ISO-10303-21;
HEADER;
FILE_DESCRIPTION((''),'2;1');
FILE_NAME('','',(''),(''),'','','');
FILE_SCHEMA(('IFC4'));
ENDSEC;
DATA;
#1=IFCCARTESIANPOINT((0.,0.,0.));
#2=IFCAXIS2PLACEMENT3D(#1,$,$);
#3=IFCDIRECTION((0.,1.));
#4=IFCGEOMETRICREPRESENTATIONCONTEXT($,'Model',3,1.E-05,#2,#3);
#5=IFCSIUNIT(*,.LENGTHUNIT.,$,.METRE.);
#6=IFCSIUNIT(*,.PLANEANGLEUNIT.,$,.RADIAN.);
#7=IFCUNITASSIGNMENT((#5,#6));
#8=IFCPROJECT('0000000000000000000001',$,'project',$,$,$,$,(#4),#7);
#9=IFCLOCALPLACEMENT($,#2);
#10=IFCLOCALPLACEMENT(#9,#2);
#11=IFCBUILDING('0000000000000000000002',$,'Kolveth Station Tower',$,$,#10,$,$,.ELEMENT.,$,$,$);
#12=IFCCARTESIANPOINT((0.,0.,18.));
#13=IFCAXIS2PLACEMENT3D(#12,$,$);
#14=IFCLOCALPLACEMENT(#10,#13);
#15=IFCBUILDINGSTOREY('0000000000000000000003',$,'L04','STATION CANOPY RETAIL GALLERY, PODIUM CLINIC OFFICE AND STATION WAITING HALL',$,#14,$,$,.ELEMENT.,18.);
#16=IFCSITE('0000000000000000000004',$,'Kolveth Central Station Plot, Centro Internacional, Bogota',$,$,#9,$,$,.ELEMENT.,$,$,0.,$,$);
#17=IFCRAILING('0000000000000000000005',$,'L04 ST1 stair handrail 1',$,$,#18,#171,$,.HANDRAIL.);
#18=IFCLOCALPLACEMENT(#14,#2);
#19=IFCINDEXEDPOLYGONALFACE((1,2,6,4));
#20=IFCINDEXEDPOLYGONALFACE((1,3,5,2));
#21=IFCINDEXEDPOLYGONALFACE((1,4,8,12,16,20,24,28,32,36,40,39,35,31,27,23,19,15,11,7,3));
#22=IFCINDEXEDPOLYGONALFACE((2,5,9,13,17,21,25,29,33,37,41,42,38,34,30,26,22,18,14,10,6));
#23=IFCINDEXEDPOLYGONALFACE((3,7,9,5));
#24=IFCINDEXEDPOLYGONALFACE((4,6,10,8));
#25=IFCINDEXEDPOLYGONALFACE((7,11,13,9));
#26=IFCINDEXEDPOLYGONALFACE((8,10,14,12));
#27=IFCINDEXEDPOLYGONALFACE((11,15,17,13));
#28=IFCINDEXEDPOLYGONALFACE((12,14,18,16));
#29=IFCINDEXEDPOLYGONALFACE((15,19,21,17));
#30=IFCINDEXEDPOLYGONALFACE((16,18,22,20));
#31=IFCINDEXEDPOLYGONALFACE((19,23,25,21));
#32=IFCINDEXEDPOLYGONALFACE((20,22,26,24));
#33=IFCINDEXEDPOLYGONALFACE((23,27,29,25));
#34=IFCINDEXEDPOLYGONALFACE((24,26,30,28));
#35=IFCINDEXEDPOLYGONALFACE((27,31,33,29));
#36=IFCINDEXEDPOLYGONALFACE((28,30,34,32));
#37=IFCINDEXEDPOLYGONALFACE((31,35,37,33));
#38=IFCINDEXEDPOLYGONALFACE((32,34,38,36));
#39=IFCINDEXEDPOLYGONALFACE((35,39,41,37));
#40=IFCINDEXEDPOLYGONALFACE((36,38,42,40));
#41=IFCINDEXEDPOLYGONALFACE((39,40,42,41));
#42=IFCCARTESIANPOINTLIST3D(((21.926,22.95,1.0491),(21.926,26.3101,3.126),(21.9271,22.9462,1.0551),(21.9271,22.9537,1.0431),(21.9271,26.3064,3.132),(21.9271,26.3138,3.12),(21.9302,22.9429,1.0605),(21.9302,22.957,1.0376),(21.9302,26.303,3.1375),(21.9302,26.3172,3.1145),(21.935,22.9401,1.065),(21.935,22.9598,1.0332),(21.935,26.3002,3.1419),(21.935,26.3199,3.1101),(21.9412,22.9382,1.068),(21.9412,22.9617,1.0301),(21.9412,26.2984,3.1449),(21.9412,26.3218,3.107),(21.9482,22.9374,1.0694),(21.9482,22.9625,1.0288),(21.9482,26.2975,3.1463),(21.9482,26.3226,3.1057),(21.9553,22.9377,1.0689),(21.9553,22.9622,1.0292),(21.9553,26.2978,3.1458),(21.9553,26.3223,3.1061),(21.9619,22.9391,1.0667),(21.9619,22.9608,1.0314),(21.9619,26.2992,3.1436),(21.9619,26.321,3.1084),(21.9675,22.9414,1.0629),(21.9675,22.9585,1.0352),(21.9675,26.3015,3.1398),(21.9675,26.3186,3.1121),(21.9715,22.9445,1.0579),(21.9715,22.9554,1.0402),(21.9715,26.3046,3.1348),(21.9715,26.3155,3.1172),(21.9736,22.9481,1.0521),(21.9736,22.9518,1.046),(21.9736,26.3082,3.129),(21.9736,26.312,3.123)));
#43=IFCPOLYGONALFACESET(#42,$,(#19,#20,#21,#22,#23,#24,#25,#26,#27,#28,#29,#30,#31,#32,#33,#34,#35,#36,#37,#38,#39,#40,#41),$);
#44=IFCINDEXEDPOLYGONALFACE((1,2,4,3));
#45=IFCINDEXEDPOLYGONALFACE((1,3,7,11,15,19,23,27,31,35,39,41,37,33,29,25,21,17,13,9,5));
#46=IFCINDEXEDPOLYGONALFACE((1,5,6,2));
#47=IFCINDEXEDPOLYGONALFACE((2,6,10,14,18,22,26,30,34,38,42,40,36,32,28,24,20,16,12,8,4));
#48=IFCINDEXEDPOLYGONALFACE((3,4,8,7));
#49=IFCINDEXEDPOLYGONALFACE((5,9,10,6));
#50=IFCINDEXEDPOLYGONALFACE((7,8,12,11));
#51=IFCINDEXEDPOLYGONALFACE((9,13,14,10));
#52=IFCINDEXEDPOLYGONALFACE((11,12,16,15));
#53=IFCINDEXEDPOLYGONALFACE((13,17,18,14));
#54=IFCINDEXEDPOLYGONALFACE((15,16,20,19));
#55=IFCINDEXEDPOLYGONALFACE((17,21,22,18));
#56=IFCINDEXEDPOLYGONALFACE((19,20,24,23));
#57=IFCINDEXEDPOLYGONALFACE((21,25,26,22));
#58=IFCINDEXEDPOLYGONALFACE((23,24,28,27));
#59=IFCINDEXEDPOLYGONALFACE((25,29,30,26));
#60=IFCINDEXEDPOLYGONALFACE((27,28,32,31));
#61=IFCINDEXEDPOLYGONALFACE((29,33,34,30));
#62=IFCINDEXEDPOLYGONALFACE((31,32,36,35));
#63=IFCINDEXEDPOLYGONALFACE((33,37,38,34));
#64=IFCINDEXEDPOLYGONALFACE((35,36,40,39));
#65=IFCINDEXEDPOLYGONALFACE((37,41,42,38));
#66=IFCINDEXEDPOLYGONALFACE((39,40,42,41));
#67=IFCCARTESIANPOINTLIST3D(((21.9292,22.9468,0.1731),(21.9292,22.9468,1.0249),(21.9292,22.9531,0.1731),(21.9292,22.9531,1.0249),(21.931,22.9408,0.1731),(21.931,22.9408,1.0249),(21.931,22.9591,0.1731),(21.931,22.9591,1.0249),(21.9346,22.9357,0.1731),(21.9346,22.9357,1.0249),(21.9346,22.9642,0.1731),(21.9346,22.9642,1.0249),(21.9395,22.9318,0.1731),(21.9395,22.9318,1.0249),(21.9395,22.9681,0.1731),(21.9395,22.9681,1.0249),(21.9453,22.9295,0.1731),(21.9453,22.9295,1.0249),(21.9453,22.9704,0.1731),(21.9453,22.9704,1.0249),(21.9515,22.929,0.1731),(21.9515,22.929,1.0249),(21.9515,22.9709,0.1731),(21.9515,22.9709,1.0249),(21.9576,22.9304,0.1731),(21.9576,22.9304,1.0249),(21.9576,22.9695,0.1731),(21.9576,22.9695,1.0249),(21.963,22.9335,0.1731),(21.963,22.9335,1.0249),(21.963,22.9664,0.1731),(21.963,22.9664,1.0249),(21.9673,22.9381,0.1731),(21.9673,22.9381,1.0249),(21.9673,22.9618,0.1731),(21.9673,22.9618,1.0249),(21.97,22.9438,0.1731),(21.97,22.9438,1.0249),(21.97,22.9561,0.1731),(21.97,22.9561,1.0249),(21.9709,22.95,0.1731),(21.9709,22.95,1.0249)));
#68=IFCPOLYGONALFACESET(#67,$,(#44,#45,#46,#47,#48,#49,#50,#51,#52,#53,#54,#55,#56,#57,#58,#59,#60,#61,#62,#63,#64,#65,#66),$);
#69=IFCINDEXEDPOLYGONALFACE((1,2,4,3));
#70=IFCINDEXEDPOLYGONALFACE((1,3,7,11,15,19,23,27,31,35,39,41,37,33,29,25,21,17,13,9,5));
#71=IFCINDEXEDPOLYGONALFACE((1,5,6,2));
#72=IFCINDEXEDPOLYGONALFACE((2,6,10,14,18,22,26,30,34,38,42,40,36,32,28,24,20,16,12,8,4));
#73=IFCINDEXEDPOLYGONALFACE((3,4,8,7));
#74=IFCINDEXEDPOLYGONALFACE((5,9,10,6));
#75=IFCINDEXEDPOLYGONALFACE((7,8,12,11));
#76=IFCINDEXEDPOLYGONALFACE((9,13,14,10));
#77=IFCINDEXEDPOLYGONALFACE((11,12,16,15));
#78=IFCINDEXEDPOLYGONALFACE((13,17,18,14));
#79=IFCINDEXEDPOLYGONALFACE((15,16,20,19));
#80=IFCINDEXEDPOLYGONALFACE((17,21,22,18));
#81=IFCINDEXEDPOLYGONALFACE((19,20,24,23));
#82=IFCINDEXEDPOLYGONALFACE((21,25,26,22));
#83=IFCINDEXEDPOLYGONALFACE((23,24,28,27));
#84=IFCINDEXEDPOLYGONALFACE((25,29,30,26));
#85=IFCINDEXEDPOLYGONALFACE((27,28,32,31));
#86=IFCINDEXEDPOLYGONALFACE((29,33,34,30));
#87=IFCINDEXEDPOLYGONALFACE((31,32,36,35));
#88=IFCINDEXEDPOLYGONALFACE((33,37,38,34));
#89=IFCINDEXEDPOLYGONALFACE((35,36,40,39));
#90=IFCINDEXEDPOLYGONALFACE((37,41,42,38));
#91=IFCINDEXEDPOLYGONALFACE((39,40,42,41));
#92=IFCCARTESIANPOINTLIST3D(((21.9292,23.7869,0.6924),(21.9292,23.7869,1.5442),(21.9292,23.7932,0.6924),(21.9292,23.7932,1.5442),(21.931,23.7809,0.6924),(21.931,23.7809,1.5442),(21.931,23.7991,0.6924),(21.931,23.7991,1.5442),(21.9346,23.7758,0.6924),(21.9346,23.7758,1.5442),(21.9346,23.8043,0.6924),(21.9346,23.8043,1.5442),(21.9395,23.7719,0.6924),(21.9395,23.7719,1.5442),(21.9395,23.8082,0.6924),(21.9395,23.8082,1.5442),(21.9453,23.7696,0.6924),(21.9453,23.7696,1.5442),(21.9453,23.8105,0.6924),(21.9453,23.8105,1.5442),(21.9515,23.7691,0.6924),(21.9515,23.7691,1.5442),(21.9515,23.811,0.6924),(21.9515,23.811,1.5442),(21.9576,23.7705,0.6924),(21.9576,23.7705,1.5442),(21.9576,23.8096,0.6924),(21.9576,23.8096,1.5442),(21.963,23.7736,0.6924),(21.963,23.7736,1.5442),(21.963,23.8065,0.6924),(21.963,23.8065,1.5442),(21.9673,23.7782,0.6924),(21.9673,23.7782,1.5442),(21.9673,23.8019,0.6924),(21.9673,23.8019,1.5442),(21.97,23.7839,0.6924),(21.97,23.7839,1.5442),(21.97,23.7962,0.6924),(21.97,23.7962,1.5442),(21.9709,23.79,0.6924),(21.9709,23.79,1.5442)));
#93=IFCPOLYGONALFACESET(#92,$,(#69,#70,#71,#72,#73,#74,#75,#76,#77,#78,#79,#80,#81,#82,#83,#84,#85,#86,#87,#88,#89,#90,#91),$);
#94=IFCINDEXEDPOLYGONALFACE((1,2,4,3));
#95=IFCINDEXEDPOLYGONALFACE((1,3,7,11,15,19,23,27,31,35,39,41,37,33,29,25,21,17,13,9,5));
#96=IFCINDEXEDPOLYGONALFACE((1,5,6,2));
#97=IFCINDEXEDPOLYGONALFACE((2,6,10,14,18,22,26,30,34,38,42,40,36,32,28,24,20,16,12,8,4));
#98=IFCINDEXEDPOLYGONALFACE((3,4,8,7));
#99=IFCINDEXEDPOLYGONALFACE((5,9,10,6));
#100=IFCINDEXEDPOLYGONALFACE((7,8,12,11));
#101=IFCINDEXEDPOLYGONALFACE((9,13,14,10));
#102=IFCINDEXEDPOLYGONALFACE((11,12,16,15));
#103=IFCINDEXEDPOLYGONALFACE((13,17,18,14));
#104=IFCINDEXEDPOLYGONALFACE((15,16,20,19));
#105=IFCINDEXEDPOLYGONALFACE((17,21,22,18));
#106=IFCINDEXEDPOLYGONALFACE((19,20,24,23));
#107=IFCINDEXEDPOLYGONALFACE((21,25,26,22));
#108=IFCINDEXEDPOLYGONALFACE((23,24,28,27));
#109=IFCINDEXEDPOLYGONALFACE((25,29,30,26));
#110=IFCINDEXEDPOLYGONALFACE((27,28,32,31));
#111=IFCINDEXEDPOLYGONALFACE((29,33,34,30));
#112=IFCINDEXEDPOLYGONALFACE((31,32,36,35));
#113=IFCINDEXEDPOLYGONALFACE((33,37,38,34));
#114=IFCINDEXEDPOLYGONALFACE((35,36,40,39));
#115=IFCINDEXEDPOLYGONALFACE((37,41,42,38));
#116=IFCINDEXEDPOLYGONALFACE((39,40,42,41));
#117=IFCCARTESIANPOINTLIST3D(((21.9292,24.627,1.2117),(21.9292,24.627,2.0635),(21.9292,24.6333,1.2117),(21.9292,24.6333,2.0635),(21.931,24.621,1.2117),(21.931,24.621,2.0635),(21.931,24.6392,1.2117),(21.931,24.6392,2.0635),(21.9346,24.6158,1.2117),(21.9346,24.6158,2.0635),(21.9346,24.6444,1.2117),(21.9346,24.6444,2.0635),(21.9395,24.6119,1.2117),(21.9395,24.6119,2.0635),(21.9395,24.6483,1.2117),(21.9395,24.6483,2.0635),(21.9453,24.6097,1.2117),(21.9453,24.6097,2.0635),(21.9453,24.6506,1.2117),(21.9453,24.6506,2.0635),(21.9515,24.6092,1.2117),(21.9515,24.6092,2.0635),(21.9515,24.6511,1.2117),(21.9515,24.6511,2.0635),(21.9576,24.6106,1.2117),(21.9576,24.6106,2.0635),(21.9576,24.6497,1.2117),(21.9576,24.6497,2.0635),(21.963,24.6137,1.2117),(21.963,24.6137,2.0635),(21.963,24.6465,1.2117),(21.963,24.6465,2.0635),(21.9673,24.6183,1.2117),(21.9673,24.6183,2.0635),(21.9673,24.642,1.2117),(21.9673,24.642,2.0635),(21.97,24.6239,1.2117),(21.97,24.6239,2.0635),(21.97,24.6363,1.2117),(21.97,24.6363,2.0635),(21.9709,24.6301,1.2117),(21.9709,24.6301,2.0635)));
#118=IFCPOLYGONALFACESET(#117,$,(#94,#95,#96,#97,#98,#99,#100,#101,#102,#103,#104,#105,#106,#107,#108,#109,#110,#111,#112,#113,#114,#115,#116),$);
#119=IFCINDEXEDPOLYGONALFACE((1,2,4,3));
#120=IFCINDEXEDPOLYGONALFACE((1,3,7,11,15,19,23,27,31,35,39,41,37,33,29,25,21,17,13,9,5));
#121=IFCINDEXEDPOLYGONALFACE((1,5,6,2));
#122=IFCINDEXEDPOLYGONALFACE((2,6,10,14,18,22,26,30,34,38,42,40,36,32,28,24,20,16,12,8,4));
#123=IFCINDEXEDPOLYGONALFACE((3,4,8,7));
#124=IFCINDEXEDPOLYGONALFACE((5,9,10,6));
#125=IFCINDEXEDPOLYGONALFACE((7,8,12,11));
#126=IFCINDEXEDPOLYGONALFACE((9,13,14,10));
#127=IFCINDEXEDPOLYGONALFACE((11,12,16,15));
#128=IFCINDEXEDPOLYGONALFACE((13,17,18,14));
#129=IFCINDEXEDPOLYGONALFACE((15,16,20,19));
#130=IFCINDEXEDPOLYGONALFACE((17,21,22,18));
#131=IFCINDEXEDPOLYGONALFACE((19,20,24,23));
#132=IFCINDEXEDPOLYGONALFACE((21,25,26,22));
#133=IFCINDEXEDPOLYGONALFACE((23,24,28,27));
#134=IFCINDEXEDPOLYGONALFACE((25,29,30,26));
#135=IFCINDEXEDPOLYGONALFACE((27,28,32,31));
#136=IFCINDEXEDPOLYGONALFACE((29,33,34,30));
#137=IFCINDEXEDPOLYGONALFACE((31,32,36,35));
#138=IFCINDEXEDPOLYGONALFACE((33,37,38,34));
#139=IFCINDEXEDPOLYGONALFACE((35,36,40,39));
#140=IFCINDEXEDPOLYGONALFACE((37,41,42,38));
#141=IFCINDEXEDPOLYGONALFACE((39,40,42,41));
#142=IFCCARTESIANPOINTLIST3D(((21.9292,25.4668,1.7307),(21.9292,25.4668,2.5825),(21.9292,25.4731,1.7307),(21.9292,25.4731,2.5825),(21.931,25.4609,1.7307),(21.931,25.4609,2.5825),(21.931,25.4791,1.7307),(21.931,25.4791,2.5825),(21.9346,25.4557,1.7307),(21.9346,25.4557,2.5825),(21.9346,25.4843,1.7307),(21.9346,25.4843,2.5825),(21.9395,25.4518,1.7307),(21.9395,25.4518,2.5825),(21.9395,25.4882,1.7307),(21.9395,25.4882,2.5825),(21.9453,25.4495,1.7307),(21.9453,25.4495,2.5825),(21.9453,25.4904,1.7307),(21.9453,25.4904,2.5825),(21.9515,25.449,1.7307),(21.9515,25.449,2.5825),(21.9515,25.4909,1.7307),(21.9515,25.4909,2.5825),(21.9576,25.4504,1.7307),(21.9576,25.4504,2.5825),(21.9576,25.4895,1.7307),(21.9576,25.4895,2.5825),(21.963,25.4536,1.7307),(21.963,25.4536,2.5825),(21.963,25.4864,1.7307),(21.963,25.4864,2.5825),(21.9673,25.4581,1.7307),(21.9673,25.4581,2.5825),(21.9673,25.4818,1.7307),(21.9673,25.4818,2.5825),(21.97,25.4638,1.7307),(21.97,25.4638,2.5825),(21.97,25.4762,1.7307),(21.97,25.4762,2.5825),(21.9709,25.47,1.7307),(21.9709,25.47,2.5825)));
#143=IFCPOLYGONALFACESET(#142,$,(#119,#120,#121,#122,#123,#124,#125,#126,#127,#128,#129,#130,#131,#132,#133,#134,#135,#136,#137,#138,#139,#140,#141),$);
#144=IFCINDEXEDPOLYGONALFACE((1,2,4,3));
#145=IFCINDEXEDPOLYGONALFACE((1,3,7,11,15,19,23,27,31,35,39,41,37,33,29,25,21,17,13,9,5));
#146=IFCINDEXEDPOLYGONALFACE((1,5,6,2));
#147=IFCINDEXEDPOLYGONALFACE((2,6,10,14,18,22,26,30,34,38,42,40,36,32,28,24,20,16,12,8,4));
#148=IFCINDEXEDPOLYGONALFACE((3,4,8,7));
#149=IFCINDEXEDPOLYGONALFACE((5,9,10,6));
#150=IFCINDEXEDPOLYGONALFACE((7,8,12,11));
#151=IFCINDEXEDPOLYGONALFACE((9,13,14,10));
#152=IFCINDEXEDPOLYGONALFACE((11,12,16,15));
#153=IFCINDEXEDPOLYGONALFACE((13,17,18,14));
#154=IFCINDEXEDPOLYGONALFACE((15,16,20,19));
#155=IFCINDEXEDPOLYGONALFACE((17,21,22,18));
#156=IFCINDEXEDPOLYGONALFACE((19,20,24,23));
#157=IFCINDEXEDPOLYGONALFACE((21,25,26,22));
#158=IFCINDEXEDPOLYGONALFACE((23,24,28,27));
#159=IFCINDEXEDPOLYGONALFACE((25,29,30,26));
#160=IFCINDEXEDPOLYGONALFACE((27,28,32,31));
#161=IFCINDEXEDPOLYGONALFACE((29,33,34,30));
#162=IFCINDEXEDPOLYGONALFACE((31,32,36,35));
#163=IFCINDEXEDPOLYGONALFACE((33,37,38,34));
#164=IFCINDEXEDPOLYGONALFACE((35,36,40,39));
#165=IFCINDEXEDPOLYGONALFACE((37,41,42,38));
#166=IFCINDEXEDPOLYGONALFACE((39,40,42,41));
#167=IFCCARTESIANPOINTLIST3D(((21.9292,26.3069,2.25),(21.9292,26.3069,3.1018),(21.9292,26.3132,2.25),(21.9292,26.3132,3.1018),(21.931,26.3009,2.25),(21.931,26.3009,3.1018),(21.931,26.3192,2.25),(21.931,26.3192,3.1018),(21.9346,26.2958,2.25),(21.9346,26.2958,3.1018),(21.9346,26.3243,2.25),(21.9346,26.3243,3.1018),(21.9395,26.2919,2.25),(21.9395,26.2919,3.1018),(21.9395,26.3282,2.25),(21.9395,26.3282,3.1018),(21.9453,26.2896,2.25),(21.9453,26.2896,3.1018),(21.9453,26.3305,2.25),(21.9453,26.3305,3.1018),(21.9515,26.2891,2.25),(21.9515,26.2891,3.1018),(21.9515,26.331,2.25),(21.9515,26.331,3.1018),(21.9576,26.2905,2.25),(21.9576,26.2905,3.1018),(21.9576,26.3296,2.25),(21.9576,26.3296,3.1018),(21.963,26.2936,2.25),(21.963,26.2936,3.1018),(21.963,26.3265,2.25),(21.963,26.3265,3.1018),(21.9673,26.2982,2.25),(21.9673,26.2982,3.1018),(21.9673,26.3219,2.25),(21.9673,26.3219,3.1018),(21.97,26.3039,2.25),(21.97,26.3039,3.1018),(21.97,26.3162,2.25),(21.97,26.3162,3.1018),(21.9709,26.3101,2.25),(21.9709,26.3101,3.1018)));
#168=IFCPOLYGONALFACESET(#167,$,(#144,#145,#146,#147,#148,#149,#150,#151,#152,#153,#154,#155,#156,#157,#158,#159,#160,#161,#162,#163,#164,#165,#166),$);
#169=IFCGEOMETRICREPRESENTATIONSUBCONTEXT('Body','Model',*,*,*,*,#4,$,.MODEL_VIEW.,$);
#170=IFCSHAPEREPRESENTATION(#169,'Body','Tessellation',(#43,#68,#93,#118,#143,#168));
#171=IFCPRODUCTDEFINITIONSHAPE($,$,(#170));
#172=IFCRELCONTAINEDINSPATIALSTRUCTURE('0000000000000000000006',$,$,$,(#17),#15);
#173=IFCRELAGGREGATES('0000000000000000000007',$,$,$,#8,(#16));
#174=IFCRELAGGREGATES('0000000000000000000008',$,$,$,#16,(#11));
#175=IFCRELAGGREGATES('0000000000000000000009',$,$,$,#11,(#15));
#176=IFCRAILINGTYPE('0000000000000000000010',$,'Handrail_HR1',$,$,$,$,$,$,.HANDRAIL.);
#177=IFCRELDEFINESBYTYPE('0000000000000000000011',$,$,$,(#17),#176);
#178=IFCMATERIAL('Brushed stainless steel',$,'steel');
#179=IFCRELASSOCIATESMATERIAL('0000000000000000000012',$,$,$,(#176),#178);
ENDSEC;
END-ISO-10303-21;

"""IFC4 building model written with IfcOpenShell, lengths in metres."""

from ifc_helpers import new_model, si_unit, direction, frame, origin, origin_2d, place, context, subcontext, project, spatial, circle, extrude, material, type_object, element, save


model = new_model("IFC4")

# Units and contexts
model_context = context("Model", 3, precision=1e-05, world=origin(), true_north=direction((0.0, 1.0)))
body_context = subcontext(model_context, "Body", "Model", "MODEL_VIEW")
ifc_project = project(units=[si_unit("LENGTHUNIT", "METRE"), si_unit("PLANEANGLEUNIT", "RADIAN")], contexts=[model_context])

# Site, building, storey
site_placement = place(None, origin())
site = spatial("IfcSite", under=ifc_project, at=site_placement, Name="Kolveth Central Station Plot, Centro Internacional, Bogota", CompositionType="ELEMENT", RefElevation=0.0)
building_placement = place(site_placement, origin())
building = spatial("IfcBuilding", under=site, at=building_placement, Name="Kolveth Station Tower", CompositionType="ELEMENT")
storey_placement = place(building_placement, frame((0.0, 0.0, 18.0)))
storey = spatial("IfcBuildingStorey", under=building, at=storey_placement, Name="L04", Description="STATION CANOPY RETAIL GALLERY, PODIUM CLINIC OFFICE AND STATION WAITING HALL", CompositionType="ELEMENT", Elevation=18.0)

# Railing
ifc_material_1 = material(Name="Brushed stainless steel", Category="steel")
railing_type_1 = type_object("IfcRailingType", Name="Handrail_HR1", PredefinedType="HANDRAIL", material=ifc_material_1)
railing_1_placement = place(storey_placement, frame((21.95, 22.95, 0.1731)))
element("IfcRailing", 1, at=railing_1_placement, inside=storey, type_object=railing_type_1, Name="L04 ST1 stair handrail 1", PredefinedType="HANDRAIL", context=body_context, shape_type="SweptSolid", body=[
    extrude(circle(Radius=0.0239, at=origin_2d()), frame((0.0, 0.0, 0.876), z_axis=(0.0, 0.850623, 0.525776), x_axis=(-1.0, 0.0, 0.0)), (0.0, 0.0, 1.0), 3.9502),
    extrude(circle(Radius=0.021, at=origin_2d()), origin(), (0.0, 0.0, 1.0), 0.8518),
    extrude(circle(Radius=0.021, at=origin_2d()), frame((0.0, 0.8401, 0.5193)), (0.0, 0.0, 1.0), 0.8518),
    extrude(circle(Radius=0.021, at=origin_2d()), frame((0.0, 1.6802, 1.0386)), (0.0, 0.0, 1.0), 0.8518),
    extrude(circle(Radius=0.021, at=origin_2d()), frame((0.0, 2.52, 1.5576)), (0.0, 0.0, 1.0), 0.8518),
    extrude(circle(Radius=0.021, at=origin_2d()), frame((0.0, 3.3601, 2.0769)), (0.0, 0.0, 1.0), 0.8518),
])

save(model, "model.ifc")
